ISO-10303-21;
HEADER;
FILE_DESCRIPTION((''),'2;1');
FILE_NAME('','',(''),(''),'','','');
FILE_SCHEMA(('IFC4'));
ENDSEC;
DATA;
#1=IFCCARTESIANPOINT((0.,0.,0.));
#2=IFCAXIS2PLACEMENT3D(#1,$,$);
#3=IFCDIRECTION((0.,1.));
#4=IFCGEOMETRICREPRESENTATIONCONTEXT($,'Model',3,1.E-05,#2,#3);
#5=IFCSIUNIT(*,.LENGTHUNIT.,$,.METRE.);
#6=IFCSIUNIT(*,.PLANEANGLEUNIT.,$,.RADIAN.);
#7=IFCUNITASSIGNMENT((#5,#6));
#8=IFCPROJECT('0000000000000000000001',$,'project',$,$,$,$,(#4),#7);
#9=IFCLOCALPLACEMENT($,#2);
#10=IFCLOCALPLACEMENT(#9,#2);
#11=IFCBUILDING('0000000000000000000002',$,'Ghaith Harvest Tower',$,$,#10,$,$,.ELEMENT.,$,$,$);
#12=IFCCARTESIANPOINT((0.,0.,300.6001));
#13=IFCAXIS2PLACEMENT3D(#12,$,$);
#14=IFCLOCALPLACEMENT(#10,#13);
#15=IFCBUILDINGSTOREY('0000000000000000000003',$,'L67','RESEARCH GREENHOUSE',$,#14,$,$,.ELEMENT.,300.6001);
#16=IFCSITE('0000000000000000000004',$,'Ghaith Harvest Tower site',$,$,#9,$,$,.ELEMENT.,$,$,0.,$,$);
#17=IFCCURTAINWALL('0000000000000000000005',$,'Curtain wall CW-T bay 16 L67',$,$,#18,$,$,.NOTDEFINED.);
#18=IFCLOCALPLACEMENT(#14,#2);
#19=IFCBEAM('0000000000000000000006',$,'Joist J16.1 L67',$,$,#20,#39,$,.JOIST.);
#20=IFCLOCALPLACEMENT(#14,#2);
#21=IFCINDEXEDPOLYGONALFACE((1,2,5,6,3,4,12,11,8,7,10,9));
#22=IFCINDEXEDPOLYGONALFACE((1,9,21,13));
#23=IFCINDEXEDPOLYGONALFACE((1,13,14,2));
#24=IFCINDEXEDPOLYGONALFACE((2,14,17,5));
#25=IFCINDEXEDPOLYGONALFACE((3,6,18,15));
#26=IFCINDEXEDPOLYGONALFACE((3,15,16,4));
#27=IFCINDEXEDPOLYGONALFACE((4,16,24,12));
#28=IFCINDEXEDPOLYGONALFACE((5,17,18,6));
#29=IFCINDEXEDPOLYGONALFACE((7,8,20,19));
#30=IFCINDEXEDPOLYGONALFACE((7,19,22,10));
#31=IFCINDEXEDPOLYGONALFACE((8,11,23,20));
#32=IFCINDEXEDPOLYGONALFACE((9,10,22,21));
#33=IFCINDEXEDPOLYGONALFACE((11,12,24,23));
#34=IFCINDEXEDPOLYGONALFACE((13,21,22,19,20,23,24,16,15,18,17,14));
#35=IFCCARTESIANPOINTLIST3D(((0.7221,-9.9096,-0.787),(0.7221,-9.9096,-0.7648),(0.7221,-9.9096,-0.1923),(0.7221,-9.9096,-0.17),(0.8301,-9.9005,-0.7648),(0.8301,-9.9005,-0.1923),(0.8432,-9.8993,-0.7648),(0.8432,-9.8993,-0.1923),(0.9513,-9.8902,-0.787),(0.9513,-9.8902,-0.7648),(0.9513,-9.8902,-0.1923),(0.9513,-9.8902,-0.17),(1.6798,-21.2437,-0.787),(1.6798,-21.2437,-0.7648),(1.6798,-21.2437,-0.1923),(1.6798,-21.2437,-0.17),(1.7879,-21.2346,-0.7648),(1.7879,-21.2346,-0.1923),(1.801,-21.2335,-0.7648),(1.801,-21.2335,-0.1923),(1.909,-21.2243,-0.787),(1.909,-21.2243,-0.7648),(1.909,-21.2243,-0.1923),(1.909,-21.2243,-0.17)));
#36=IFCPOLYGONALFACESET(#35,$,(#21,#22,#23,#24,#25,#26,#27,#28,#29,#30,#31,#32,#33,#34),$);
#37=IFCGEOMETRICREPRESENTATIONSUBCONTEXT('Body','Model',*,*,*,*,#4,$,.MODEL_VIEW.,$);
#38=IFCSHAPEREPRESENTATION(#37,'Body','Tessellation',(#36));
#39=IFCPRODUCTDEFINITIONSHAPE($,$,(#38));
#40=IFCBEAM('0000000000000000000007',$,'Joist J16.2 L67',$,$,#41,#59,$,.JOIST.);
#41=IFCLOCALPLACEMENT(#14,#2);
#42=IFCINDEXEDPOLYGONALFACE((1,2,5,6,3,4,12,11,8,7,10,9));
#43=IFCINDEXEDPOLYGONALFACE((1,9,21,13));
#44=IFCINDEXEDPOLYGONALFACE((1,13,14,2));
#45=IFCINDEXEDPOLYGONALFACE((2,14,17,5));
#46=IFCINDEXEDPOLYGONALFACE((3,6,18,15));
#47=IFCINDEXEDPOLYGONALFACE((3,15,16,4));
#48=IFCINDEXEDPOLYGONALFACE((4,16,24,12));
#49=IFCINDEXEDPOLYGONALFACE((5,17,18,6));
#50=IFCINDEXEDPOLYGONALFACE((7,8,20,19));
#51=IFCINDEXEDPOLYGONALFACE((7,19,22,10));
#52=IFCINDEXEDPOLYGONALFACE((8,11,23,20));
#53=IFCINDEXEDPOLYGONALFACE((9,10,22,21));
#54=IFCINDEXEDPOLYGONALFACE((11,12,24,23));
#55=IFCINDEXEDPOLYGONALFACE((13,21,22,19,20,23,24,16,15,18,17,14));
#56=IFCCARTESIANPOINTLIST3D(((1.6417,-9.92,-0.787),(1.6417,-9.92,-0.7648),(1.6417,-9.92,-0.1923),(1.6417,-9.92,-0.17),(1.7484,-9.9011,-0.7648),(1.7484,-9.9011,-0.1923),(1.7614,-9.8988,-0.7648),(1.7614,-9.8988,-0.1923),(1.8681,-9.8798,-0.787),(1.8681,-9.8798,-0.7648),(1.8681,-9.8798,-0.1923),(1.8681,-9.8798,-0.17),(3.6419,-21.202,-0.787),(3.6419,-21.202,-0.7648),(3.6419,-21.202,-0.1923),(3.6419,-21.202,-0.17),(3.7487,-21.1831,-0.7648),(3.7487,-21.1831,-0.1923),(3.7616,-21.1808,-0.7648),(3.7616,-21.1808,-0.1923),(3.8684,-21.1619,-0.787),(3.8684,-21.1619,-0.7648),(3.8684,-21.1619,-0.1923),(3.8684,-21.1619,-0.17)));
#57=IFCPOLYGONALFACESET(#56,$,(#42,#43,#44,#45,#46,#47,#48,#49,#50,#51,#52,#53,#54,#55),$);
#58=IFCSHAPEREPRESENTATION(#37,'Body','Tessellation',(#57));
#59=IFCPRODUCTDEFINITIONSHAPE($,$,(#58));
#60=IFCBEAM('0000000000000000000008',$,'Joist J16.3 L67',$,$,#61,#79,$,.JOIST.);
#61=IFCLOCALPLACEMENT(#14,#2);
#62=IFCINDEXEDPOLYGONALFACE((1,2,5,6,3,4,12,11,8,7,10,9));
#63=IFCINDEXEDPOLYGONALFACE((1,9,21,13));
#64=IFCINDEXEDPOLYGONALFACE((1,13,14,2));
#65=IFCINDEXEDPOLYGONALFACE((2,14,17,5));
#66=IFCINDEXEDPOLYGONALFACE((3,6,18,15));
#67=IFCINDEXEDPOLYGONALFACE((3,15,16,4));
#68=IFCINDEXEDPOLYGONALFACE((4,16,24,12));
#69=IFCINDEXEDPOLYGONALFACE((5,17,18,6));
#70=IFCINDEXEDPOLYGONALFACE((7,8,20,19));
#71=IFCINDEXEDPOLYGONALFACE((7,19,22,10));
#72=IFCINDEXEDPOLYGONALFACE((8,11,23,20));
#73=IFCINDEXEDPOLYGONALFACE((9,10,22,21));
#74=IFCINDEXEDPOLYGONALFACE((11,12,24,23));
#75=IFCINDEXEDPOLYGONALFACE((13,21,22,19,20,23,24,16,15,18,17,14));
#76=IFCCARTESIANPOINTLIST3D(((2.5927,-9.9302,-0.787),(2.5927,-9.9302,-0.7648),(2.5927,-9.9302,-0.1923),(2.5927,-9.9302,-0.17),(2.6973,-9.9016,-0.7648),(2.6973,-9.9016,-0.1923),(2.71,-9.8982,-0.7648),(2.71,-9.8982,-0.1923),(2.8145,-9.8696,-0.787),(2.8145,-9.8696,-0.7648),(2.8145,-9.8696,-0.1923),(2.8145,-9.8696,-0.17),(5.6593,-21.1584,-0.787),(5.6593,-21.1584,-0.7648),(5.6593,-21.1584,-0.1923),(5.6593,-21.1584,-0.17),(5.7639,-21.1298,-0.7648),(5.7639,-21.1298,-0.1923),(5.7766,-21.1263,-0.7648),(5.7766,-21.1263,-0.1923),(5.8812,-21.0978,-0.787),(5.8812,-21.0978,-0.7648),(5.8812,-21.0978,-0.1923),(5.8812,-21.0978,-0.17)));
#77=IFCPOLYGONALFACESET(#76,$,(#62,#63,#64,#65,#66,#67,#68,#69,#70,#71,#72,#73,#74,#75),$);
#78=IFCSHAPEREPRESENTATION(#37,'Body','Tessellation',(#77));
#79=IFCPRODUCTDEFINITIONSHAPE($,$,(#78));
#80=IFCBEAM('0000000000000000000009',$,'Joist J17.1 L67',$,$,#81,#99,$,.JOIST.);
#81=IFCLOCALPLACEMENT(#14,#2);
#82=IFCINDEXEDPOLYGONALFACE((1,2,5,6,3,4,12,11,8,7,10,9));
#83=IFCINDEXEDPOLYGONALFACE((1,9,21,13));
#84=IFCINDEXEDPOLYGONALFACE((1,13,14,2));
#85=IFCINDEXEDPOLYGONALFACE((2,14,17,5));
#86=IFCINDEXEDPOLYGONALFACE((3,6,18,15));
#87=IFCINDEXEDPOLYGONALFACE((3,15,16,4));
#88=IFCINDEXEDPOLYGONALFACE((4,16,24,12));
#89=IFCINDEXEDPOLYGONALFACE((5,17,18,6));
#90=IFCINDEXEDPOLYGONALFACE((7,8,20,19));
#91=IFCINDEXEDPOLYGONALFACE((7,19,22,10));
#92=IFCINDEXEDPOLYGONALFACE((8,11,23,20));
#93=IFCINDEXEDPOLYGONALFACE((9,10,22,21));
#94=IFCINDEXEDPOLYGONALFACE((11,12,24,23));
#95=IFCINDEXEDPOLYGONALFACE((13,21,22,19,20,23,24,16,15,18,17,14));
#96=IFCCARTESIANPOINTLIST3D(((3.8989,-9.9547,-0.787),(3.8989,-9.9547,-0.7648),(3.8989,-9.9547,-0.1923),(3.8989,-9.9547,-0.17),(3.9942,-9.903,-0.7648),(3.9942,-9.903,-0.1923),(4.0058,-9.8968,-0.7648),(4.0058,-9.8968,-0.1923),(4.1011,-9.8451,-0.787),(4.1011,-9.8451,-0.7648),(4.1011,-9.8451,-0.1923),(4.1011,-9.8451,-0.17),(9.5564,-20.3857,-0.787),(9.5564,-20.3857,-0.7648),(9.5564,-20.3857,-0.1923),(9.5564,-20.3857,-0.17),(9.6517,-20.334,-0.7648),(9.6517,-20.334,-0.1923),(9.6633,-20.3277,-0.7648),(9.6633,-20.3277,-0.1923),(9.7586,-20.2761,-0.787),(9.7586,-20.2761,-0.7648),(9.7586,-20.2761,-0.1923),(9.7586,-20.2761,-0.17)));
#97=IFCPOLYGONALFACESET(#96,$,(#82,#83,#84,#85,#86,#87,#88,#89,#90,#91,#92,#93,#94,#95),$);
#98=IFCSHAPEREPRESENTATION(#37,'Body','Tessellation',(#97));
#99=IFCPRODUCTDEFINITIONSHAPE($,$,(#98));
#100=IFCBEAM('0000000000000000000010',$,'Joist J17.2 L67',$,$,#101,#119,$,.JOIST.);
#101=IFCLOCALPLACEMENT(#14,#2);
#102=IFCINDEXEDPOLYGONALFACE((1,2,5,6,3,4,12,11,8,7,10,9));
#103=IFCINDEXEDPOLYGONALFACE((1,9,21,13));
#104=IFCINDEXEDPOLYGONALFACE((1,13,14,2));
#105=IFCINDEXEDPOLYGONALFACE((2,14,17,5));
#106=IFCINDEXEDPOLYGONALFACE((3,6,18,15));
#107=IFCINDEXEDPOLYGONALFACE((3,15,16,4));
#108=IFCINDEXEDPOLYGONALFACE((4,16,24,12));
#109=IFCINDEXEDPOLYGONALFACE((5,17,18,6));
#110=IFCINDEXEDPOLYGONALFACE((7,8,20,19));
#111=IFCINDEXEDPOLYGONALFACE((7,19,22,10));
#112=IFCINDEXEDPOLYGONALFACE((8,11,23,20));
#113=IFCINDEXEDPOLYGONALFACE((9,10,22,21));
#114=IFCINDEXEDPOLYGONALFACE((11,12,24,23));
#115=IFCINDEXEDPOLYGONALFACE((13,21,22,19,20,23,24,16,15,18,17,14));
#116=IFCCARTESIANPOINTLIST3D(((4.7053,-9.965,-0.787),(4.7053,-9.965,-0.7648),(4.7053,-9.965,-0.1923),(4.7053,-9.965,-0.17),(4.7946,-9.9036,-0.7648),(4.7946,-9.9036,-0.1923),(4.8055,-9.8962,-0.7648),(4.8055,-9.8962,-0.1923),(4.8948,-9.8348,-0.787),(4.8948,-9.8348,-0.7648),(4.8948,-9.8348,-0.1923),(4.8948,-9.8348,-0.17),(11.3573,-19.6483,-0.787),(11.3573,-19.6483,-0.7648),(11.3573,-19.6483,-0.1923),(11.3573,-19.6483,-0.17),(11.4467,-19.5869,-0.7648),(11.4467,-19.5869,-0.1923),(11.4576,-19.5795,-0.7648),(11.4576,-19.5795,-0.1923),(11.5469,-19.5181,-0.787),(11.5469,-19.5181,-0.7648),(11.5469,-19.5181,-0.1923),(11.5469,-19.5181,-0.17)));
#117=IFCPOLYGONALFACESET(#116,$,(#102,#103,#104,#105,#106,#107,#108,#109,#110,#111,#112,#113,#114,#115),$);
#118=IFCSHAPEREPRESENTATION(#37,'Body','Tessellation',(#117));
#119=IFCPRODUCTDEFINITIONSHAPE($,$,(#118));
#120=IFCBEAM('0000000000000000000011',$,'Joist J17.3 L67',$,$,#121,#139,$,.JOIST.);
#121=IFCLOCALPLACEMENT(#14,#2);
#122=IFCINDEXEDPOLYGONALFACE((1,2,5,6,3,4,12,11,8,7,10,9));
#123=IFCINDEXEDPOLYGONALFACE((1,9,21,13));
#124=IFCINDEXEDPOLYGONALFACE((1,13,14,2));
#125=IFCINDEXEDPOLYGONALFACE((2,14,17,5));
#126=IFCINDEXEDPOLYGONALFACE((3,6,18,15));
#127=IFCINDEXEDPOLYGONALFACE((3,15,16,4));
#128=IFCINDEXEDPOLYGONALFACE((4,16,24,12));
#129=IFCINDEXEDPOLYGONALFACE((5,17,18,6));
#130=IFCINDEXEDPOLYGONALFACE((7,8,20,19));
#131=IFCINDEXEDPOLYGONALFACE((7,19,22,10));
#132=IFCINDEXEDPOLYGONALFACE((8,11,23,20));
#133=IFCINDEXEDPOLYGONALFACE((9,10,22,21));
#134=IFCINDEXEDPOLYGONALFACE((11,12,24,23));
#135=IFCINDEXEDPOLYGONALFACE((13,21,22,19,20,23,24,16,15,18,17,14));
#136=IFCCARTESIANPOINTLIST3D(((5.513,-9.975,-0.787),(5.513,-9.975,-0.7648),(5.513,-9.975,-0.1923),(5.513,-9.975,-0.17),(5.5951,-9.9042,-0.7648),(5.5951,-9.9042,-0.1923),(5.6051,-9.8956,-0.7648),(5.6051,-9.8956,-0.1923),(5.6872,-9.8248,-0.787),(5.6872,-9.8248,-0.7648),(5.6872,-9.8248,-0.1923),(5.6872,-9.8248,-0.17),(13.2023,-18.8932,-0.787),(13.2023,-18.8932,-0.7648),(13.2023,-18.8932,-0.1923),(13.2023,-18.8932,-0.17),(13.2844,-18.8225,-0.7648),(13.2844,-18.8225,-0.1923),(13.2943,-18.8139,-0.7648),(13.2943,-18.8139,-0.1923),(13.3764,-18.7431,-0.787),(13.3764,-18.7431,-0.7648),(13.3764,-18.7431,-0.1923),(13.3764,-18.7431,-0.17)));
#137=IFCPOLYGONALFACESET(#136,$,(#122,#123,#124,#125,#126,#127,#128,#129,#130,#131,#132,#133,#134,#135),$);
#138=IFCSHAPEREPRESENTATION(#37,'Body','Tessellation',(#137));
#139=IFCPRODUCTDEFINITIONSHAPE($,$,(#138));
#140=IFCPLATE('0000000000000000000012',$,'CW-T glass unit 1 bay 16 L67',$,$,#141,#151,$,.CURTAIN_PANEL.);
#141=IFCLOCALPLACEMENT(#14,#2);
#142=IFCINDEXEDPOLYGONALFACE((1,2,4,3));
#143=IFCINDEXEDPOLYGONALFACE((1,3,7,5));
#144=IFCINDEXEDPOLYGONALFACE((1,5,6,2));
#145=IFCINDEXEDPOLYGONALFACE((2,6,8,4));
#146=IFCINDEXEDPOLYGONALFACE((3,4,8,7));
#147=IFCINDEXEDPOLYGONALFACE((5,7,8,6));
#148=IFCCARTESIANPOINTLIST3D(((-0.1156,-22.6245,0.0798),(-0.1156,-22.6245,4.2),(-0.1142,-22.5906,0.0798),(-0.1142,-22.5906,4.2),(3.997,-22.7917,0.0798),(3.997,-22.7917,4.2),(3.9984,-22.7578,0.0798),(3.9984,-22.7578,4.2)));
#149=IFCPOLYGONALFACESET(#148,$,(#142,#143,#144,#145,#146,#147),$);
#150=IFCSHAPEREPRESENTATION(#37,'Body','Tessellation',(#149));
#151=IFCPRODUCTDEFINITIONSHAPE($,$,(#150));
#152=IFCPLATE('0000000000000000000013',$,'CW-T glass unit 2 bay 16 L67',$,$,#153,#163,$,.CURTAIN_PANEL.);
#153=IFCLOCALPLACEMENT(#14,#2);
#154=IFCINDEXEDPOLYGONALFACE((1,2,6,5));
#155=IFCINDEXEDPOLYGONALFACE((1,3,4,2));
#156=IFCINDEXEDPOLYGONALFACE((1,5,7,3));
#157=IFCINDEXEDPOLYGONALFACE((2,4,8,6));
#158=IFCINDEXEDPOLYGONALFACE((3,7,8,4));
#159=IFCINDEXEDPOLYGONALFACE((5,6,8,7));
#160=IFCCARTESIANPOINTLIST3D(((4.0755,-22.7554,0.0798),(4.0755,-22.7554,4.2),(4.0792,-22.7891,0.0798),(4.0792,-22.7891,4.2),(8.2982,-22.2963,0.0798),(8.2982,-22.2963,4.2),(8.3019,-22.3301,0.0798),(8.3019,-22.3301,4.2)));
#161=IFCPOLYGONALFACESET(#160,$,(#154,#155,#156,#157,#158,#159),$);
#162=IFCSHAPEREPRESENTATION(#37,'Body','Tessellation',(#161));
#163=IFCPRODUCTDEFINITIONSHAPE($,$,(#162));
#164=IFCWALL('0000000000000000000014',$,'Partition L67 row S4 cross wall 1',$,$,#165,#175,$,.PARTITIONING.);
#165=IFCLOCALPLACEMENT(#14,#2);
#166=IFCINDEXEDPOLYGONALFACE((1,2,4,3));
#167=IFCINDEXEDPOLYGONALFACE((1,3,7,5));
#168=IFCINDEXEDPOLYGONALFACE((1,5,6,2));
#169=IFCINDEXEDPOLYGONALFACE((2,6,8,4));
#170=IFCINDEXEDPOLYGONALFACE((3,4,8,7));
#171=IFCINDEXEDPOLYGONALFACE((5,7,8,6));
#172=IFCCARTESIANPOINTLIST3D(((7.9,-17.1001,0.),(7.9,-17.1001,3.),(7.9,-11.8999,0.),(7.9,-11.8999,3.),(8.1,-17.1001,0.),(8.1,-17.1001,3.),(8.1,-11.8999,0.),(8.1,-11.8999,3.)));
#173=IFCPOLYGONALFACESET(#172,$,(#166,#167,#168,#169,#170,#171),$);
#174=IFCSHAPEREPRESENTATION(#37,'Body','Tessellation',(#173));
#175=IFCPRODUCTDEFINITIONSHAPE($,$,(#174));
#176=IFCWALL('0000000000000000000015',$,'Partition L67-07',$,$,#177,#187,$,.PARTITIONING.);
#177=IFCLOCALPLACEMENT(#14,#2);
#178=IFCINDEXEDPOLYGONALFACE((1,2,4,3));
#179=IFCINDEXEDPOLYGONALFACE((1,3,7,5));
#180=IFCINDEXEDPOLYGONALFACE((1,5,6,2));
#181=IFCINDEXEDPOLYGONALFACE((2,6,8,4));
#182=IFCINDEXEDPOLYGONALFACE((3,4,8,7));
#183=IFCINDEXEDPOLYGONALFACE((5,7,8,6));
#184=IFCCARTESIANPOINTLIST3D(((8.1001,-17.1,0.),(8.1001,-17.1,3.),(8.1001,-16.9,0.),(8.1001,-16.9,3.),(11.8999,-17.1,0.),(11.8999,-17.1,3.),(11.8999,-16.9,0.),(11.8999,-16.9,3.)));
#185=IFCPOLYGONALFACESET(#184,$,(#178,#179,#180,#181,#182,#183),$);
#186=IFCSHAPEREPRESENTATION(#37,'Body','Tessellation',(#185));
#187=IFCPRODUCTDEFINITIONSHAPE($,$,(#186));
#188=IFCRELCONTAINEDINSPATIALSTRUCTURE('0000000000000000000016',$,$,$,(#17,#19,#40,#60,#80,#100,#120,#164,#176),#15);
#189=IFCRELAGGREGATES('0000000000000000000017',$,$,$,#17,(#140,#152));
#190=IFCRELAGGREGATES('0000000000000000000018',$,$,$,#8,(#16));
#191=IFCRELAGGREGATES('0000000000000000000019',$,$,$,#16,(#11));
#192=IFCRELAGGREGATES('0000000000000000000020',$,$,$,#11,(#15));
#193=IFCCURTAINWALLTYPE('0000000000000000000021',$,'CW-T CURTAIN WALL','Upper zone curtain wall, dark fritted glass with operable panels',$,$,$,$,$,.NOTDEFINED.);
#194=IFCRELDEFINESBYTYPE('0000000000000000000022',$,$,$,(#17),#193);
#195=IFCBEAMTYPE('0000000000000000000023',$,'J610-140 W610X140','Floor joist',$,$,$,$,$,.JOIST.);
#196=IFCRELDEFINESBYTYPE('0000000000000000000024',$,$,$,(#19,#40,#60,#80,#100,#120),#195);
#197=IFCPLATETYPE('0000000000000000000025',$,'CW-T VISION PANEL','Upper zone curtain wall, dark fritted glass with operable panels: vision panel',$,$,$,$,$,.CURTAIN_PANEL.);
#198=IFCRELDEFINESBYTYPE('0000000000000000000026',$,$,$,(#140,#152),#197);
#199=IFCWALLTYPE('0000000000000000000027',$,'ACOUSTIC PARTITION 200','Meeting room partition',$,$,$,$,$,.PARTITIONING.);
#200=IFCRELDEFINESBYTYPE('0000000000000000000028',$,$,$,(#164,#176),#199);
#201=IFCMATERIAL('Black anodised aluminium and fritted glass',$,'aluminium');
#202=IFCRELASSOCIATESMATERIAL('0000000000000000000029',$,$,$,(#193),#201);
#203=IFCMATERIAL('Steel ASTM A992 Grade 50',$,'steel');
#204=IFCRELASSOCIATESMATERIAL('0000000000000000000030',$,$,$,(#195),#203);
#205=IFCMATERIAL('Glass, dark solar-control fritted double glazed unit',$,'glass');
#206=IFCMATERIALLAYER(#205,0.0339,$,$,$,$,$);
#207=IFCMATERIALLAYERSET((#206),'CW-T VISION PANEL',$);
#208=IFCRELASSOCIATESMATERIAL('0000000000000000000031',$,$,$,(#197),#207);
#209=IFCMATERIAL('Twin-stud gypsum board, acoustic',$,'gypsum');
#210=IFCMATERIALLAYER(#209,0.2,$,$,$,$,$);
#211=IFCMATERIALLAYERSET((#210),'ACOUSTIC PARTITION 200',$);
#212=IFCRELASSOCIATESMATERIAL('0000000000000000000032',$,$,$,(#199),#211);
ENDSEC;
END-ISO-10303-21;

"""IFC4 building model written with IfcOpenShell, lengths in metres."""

from ifc_helpers import new_model, si_unit, direction, frame, frame_2d, origin, origin_2d, place, context, subcontext, project, spatial, rectangle, i_section, extrude, material, layer, layer_set, material_profile, profile_set, type_object, element, aggregate, save


model = new_model("IFC4")

# Units and contexts
model_context = context("Model", 3, precision=1e-05, world=origin(), true_north=direction((0.0, 1.0)))
body_context = subcontext(model_context, "Body", "Model", "MODEL_VIEW")
ifc_project = project(units=[si_unit("LENGTHUNIT", "METRE"), si_unit("PLANEANGLEUNIT", "RADIAN")], contexts=[model_context])

# Site, building, storey
site_placement = place(None, origin())
site = spatial("IfcSite", under=ifc_project, at=site_placement, Name="Ghaith Harvest Tower site", CompositionType="ELEMENT", RefElevation=0.0)
building_placement = place(site_placement, origin())
building = spatial("IfcBuilding", under=site, at=building_placement, Name="Ghaith Harvest Tower", CompositionType="ELEMENT")
storey_placement = place(building_placement, frame((0.0, 0.0, 300.6001)))
storey = spatial("IfcBuildingStorey", under=building, at=storey_placement, Name="L67", Description="RESEARCH GREENHOUSE", CompositionType="ELEMENT", Elevation=300.6001)

# Curtain wall
ifc_material_1 = material(Name="Black anodised aluminium and fritted glass", Category="aluminium")
curtain_wall_type = type_object("IfcCurtainWallType", Name="CW-T CURTAIN WALL", Description="Upper zone curtain wall, dark fritted glass with operable panels", PredefinedType="NOTDEFINED", material=ifc_material_1)
curtain_wall_1_placement = place(storey_placement, origin())
curtain_wall_1 = element("IfcCurtainWall", 1, at=curtain_wall_1_placement, inside=storey, type_object=curtain_wall_type, Name="Curtain wall CW-T bay 16 L67", PredefinedType="NOTDEFINED")

# Beams
ifc_material_2 = material(Name="Steel ASTM A992 Grade 50", Category="steel")
ifc_material_profile_1 = material_profile(ifc_material_2, i_section(OverallWidth=0.23, OverallDepth=0.6169, WebThickness=0.0132, FlangeThickness=0.0222, at=origin_2d()), Name="W610X140")
ifc_profile_set_1 = profile_set([ifc_material_profile_1], Name="Steel ASTM A992 Grade 50")
beam_type_1 = type_object("IfcBeamType", Name="J610-140 W610X140", Description="Floor joist", PredefinedType="JOIST", material=ifc_profile_set_1)
beam_1_placement = place(storey_placement, frame((0.8367, -9.8999, -0.4785), z_axis=(0.084202, -0.996449, 0.0), x_axis=(0.996449, 0.084202, 0.0)))
element("IfcBeam", 2, at=beam_1_placement, inside=storey, type_object=beam_type_1, Name="Joist J16.1 L67", PredefinedType="JOIST", context=body_context, shape_type="SweptSolid", body=[
    extrude(i_section(OverallWidth=0.23, OverallDepth=0.6169, WebThickness=0.0132, FlangeThickness=0.0222, at=origin_2d()), origin(), (0.0, 0.0, 1.0), 11.3745),
])
beam_2_placement = place(storey_placement, frame((1.7549, -9.8999, -0.4785), z_axis=(0.174573, -0.984644, 0.0), x_axis=(0.984644, 0.174573, 0.0)))
element("IfcBeam", 3, at=beam_2_placement, inside=storey, type_object=beam_type_1, Name="Joist J16.2 L67", PredefinedType="JOIST", context=body_context, shape_type="SweptSolid", body=[
    extrude(i_section(OverallWidth=0.23, OverallDepth=0.6169, WebThickness=0.0132, FlangeThickness=0.0222, at=origin_2d()), origin(), (0.0, 0.0, 1.0), 11.458),
])
beam_3_placement = place(storey_placement, frame((2.7036, -9.8999, -0.4785), z_axis=(0.263469, -0.964668, 0.0), x_axis=(0.964668, 0.263469, 0.0)))
element("IfcBeam", 4, at=beam_3_placement, inside=storey, type_object=beam_type_1, Name="Joist J16.3 L67", PredefinedType="JOIST", context=body_context, shape_type="SweptSolid", body=[
    extrude(i_section(OverallWidth=0.23, OverallDepth=0.6169, WebThickness=0.0132, FlangeThickness=0.0222, at=origin_2d()), origin(), (0.0, 0.0, 1.0), 11.6394),
])
beam_4_placement = place(storey_placement, frame((4.0, -9.8999, -0.4785), z_axis=(0.476765, -0.879031, 0.0), x_axis=(0.879031, 0.476765, 0.0)))
element("IfcBeam", 5, at=beam_4_placement, inside=storey, type_object=beam_type_1, Name="Joist J17.1 L67", PredefinedType="JOIST", context=body_context, shape_type="SweptSolid", body=[
    extrude(i_section(OverallWidth=0.23, OverallDepth=0.6169, WebThickness=0.0132, FlangeThickness=0.0222, at=origin_2d()), origin(), (0.0, 0.0, 1.0), 11.8665),
])
beam_5_placement = place(storey_placement, frame((4.8, -9.8999, -0.4785), z_axis=(0.566228, -0.824249, 0.0), x_axis=(0.824249, 0.566228, 0.0)))
element("IfcBeam", 6, at=beam_5_placement, inside=storey, type_object=beam_type_1, Name="Joist J17.2 L67", PredefinedType="JOIST", context=body_context, shape_type="SweptSolid", body=[
    extrude(i_section(OverallWidth=0.23, OverallDepth=0.6169, WebThickness=0.0132, FlangeThickness=0.0222, at=origin_2d()), origin(), (0.0, 0.0, 1.0), 11.748),
])
beam_6_placement = place(storey_placement, frame((5.6001, -9.8999, -0.4785), z_axis=(0.652993, -0.757364, 0.0), x_axis=(0.757364, 0.652993, 0.0)))
element("IfcBeam", 7, at=beam_6_placement, inside=storey, type_object=beam_type_1, Name="Joist J17.3 L67", PredefinedType="JOIST", context=body_context, shape_type="SweptSolid", body=[
    extrude(i_section(OverallWidth=0.23, OverallDepth=0.6169, WebThickness=0.0132, FlangeThickness=0.0222, at=origin_2d()), origin(), (0.0, 0.0, 1.0), 11.7754),
])

# Plates
ifc_material_3 = material(Name="Glass, dark solar-control fritted double glazed unit", Category="glass")
ifc_layer_1 = layer(ifc_material_3, 0.0339)
ifc_layer_set_1 = layer_set([ifc_layer_1], Name="CW-T VISION PANEL")
plate_type = type_object("IfcPlateType", Name="CW-T VISION PANEL", Description="Upper zone curtain wall, dark fritted glass with operable panels: vision panel", PredefinedType="CURTAIN_PANEL", material=ifc_layer_set_1)
plate_1_placement = place(storey_placement, frame((1.9414, -22.6912, 0.0798), z_axis=(0.0, 0.0, 1.0), x_axis=(0.999174, -0.040638, 0.0)))
plate_1 = element("IfcPlate", 8, at=plate_1_placement, type_object=plate_type, Name="CW-T glass unit 1 bay 16 L67", PredefinedType="CURTAIN_PANEL", context=body_context, shape_type="SweptSolid", body=[
    extrude(rectangle(XDim=4.116, YDim=0.0339, at=origin_2d()), origin(), (0.0, 0.0, 1.0), 4.1201),
])
plate_2_placement = place(storey_placement, frame((6.1887, -22.5427, 0.0798), z_axis=(0.0, 0.0, 1.0), x_axis=(0.994143, 0.108074, 0.0)))
plate_2 = element("IfcPlate", 9, at=plate_2_placement, type_object=plate_type, Name="CW-T glass unit 2 bay 16 L67", PredefinedType="CURTAIN_PANEL", context=body_context, shape_type="SweptSolid", body=[
    extrude(rectangle(XDim=4.2476, YDim=0.0339, at=origin_2d()), origin(), (0.0, 0.0, 1.0), 4.1201),
])
aggregate(curtain_wall_1, [plate_1, plate_2])

# Wall
ifc_material_4 = material(Name="Twin-stud gypsum board, acoustic", Category="gypsum")
ifc_layer_2 = layer(ifc_material_4, 0.2)
ifc_layer_set_2 = layer_set([ifc_layer_2], Name="ACOUSTIC PARTITION 200")
wall_type_1 = type_object("IfcWallType", Name="ACOUSTIC PARTITION 200", Description="Meeting room partition", PredefinedType="PARTITIONING", material=ifc_layer_set_2)
wall_1_placement = place(storey_placement, frame((8.0, -11.8999, 0.0), z_axis=(0.0, 0.0, 1.0), x_axis=(0.0, -1.0, 0.0)))
element("IfcWall", 10, at=wall_1_placement, inside=storey, type_object=wall_type_1, Name="Partition L67 row S4 cross wall 1", PredefinedType="PARTITIONING", context=body_context, shape_type="SweptSolid", body=[
    extrude(rectangle(XDim=5.2002, YDim=0.2, at=frame_2d((2.6001, 0.0))), origin(), (0.0, 0.0, 1.0), 3.0),
])

# Wall
wall_2_placement = place(storey_placement, frame((8.1001, -17.0, 0.0), z_axis=(0.0, 0.0, 1.0), x_axis=(1.0, 0.0, 0.0)))
element("IfcWall", 11, at=wall_2_placement, inside=storey, type_object=wall_type_1, Name="Partition L67-07", PredefinedType="PARTITIONING", context=body_context, shape_type="SweptSolid", body=[
    extrude(rectangle(XDim=3.7998, YDim=0.2, at=frame_2d((1.8999, 0.0))), origin(), (0.0, 0.0, 1.0), 3.0),
])

save(model, "model.ifc")
